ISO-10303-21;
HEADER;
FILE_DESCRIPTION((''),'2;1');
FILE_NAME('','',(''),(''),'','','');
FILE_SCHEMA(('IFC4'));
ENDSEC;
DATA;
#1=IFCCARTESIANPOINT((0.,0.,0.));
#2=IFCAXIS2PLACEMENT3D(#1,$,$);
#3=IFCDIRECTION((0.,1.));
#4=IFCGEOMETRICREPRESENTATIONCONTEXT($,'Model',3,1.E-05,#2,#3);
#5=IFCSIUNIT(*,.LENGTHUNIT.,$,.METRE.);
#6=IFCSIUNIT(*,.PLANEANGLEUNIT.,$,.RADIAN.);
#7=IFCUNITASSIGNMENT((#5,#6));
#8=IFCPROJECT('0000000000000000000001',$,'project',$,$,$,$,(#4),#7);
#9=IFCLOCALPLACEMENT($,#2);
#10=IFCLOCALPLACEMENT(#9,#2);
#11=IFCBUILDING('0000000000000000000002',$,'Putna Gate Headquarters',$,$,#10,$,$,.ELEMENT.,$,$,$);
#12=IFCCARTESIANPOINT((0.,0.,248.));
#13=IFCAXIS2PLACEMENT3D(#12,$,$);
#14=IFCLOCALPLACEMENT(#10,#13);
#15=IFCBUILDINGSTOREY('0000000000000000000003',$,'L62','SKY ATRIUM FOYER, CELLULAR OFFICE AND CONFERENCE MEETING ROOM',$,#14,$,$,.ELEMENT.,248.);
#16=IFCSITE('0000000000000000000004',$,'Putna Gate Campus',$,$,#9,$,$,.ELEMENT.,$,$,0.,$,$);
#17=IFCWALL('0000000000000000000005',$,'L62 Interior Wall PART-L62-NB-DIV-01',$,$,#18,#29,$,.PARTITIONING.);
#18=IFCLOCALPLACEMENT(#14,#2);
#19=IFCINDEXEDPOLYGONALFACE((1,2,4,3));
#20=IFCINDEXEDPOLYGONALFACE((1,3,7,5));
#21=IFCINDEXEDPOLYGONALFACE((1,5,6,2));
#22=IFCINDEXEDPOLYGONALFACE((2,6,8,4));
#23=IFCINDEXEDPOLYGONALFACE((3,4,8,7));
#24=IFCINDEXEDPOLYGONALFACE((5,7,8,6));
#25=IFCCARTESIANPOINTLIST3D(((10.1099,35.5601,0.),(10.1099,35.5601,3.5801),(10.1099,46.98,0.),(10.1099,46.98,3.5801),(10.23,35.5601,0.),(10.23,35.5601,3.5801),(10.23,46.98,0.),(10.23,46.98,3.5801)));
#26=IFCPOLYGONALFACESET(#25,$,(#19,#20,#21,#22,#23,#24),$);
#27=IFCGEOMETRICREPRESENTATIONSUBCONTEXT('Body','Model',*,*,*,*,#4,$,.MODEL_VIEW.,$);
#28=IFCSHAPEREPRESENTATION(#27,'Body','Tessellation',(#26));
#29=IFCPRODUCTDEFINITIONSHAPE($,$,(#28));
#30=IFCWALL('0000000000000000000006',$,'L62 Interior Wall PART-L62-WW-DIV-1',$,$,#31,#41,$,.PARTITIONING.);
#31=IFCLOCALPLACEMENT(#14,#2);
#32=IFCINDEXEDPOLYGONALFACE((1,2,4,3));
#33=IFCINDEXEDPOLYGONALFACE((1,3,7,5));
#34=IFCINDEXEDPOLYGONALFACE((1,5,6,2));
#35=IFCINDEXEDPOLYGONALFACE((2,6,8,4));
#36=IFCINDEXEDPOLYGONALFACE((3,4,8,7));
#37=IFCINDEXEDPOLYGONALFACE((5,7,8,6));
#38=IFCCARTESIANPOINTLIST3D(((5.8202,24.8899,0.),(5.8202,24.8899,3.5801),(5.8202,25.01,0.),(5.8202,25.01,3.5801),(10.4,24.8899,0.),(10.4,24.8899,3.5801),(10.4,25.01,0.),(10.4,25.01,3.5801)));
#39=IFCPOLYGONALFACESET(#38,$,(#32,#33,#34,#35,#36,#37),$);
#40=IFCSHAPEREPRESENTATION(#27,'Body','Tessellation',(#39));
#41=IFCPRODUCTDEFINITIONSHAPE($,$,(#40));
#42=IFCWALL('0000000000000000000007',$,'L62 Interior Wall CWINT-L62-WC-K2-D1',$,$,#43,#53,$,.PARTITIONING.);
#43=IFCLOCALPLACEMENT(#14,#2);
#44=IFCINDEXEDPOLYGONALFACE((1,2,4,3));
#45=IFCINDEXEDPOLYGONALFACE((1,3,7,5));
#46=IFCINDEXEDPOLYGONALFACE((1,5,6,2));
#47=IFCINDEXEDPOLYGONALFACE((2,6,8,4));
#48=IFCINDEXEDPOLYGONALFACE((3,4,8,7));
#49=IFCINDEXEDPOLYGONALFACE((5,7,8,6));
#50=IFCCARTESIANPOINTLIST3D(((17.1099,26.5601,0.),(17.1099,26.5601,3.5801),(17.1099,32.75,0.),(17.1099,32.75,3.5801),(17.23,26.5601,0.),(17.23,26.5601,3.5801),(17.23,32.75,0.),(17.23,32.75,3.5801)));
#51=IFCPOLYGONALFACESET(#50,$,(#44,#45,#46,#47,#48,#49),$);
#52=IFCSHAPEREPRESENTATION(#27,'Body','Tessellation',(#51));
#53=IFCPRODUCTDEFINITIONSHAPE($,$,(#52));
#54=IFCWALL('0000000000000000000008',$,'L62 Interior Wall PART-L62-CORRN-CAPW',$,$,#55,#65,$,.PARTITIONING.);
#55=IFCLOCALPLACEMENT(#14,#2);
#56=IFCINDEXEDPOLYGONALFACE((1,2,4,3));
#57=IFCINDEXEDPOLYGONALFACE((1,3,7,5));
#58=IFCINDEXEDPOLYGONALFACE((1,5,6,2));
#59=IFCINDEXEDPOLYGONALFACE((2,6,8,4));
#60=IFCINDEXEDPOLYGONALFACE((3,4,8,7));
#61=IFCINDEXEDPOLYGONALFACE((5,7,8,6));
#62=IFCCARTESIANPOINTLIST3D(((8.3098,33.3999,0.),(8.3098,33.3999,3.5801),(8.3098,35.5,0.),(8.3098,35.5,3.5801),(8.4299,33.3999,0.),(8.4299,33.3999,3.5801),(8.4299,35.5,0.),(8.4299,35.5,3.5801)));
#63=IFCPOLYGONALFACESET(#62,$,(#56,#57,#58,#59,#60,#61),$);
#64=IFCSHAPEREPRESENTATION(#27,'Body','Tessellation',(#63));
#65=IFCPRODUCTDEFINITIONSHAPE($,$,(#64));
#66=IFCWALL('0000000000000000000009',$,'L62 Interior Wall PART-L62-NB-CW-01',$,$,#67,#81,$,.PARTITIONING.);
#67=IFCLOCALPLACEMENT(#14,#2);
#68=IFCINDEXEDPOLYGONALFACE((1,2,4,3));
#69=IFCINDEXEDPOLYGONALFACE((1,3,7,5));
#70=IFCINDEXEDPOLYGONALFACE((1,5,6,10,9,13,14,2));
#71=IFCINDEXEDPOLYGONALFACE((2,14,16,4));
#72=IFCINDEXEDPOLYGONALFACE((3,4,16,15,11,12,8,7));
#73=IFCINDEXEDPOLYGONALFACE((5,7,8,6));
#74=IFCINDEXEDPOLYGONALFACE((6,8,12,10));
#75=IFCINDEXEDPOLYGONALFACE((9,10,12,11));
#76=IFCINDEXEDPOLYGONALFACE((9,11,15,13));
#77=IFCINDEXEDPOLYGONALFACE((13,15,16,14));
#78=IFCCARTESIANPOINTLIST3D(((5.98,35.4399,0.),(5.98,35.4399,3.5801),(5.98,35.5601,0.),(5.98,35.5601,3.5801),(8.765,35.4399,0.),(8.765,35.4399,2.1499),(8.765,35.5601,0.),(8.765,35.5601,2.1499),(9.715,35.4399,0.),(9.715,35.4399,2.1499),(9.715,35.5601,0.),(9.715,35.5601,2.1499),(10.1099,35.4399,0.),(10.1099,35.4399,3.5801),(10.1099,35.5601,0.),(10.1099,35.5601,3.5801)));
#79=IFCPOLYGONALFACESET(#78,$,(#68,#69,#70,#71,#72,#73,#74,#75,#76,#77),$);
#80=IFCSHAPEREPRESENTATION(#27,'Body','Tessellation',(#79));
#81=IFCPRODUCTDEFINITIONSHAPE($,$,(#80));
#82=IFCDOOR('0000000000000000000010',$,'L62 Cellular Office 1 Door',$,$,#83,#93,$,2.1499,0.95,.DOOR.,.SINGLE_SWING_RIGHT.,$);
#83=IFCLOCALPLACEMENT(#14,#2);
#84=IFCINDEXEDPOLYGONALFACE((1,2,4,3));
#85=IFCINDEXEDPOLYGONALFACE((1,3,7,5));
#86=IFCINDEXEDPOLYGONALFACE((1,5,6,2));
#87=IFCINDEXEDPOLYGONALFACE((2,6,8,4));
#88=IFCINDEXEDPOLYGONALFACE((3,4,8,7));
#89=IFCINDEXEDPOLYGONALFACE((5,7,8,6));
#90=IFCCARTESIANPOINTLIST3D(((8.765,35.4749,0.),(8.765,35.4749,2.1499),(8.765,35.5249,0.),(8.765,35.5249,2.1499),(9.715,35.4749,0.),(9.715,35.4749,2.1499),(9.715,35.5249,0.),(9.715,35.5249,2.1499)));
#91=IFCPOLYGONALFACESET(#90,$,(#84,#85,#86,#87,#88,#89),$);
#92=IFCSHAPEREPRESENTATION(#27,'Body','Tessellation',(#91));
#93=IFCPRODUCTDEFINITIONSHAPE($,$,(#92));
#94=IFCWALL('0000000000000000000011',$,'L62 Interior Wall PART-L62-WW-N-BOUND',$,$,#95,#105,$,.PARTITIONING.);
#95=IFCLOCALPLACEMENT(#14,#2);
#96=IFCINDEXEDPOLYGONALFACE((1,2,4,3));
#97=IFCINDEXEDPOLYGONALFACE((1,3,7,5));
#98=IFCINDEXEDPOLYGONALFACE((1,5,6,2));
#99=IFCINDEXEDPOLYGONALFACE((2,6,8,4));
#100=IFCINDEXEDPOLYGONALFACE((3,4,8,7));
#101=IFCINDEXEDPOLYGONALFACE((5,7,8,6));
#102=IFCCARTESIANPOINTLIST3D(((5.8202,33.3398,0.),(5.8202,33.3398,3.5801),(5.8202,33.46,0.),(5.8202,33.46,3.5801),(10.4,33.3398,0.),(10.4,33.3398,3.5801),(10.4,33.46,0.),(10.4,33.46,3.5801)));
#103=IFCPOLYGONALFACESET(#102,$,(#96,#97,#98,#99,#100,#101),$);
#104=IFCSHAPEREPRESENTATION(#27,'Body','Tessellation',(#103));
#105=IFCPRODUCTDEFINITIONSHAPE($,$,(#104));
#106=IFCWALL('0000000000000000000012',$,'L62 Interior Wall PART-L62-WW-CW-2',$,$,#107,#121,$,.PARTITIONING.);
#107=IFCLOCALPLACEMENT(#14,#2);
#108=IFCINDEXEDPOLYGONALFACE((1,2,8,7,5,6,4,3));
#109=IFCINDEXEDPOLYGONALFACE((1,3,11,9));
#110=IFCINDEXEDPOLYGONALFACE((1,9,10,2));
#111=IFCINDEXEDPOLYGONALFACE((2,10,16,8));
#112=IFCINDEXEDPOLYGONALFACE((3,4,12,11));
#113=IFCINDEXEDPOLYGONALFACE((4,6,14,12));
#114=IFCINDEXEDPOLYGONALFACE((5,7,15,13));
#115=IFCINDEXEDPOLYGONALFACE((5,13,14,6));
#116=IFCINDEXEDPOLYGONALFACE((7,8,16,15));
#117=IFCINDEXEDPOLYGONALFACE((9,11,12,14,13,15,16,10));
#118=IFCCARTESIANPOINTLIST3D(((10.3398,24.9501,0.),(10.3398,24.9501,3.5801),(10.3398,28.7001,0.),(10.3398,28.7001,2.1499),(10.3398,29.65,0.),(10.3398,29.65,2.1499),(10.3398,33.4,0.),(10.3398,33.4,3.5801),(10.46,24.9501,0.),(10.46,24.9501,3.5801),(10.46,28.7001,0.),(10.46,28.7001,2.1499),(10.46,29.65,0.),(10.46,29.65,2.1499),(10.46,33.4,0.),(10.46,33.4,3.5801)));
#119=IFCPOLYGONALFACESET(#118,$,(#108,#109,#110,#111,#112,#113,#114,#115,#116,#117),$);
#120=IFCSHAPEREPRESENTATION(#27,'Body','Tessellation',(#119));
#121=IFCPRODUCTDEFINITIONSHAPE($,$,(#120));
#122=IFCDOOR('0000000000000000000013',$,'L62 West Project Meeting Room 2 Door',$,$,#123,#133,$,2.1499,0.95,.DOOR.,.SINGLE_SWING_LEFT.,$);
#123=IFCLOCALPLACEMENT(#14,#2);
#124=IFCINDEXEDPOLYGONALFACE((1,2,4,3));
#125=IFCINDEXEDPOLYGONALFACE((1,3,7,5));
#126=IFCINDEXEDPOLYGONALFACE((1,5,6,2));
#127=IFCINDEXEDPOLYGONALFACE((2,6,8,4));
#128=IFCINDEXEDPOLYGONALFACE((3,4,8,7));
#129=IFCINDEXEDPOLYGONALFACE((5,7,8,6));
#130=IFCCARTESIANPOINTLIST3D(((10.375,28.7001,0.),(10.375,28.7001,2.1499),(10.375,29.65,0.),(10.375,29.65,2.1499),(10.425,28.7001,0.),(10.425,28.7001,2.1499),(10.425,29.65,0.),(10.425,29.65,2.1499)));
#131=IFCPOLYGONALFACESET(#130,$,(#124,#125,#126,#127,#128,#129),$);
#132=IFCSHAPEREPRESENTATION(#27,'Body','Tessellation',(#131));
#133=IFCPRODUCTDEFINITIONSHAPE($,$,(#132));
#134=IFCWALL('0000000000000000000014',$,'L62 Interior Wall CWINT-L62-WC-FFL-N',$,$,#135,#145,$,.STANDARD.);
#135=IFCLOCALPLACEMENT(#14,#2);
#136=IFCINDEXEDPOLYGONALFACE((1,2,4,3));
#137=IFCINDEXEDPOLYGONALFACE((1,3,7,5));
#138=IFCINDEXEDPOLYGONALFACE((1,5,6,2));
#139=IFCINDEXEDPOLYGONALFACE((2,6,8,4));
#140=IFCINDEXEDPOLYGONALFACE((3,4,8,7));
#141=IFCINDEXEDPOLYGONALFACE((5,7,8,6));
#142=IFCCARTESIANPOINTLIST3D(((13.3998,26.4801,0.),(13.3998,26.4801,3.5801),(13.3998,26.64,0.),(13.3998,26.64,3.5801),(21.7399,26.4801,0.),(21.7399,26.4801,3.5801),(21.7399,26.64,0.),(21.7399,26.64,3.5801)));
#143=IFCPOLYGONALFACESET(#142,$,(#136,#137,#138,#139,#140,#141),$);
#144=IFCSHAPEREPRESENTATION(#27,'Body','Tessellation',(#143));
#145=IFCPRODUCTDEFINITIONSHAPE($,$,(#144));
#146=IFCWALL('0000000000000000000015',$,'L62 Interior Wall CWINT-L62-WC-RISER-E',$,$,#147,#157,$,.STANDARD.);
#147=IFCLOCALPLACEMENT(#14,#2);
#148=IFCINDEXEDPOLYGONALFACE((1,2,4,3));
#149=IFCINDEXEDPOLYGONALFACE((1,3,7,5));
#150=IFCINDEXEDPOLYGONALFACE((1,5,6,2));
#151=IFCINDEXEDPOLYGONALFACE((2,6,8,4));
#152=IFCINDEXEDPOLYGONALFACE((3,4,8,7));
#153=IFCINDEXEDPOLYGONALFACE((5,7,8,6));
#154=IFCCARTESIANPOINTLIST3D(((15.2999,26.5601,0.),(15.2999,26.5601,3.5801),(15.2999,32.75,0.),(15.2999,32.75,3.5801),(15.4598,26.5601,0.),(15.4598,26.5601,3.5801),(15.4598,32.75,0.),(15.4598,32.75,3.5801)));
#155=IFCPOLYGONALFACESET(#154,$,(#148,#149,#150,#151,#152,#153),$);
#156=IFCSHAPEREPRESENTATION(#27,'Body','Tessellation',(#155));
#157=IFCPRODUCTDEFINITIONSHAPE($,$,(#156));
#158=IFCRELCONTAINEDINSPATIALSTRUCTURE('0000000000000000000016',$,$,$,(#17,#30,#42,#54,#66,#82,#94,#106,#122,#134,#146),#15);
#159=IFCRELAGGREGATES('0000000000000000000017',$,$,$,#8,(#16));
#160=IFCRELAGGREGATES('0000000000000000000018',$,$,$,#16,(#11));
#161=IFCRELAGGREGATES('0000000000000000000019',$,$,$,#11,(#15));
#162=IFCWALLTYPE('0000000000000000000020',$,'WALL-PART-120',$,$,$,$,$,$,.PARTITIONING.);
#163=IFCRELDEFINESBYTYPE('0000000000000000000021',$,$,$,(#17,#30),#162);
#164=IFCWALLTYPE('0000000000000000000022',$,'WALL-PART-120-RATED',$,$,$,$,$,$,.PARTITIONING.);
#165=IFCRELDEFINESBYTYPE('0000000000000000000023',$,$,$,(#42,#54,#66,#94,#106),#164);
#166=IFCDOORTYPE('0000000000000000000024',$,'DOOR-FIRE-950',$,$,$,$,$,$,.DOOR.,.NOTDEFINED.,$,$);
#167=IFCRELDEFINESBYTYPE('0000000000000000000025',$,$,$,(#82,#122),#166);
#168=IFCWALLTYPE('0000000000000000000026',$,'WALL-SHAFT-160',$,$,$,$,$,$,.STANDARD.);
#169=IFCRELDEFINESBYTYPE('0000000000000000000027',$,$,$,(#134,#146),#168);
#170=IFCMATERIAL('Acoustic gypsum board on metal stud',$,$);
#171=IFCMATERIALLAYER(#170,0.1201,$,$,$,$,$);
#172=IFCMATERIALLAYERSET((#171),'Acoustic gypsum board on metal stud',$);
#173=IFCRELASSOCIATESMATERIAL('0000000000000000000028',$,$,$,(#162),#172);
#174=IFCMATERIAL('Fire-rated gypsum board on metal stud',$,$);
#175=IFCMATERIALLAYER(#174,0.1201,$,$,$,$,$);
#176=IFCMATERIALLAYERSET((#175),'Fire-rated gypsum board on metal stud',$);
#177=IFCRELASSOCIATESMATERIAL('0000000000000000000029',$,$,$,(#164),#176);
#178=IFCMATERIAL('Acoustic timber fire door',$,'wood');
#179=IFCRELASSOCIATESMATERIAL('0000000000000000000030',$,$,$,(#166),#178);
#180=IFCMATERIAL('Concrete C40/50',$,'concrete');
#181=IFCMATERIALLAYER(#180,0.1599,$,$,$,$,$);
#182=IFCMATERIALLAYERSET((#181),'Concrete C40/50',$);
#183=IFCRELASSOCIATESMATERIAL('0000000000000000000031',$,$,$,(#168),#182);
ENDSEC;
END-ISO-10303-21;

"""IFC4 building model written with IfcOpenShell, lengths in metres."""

from ifc_helpers import new_model, si_unit, direction, frame, frame_2d, origin, place, context, subcontext, project, spatial, rectangle, extrude, material, layer, layer_set, type_object, element, fill, save


model = new_model("IFC4")

# Units and contexts
model_context = context("Model", 3, precision=1e-05, world=origin(), true_north=direction((0.0, 1.0)))
body_context = subcontext(model_context, "Body", "Model", "MODEL_VIEW")
ifc_project = project(units=[si_unit("LENGTHUNIT", "METRE"), si_unit("PLANEANGLEUNIT", "RADIAN")], contexts=[model_context])

# Site, building, storey
site_placement = place(None, origin())
site = spatial("IfcSite", under=ifc_project, at=site_placement, Name="Putna Gate Campus", CompositionType="ELEMENT", RefElevation=0.0)
building_placement = place(site_placement, origin())
building = spatial("IfcBuilding", under=site, at=building_placement, Name="Putna Gate Headquarters", CompositionType="ELEMENT")
storey_placement = place(building_placement, frame((0.0, 0.0, 248.0)))
storey = spatial("IfcBuildingStorey", under=building, at=storey_placement, Name="L62", Description="SKY ATRIUM FOYER, CELLULAR OFFICE AND CONFERENCE MEETING ROOM", CompositionType="ELEMENT", Elevation=248.0)

# Walls
ifc_material_1 = material(Name="Acoustic gypsum board on metal stud")
ifc_layer_1 = layer(ifc_material_1, 0.1201)
ifc_layer_set_1 = layer_set([ifc_layer_1], Name="Acoustic gypsum board on metal stud")
wall_type_1 = type_object("IfcWallType", Name="WALL-PART-120", PredefinedType="PARTITIONING", material=ifc_layer_set_1)
wall_1_placement = place(storey_placement, frame((10.1699, 35.5601, 0.0), z_axis=(0.0, 0.0, 1.0), x_axis=(0.0, 1.0, 0.0)))
element("IfcWall", 1, at=wall_1_placement, inside=storey, type_object=wall_type_1, Name="L62 Interior Wall PART-L62-NB-DIV-01", PredefinedType="PARTITIONING", context=body_context, shape_type="SweptSolid", body=[
    extrude(rectangle(XDim=11.4199, YDim=0.1201, at=frame_2d((5.71, 0.0))), origin(), (0.0, 0.0, 1.0), 3.5801),
])
wall_2_placement = place(storey_placement, frame((5.8201, 24.95, 0.0), z_axis=(0.0, 0.0, 1.0), x_axis=(1.0, 0.0, 0.0)))
element("IfcWall", 2, at=wall_2_placement, inside=storey, type_object=wall_type_1, Name="L62 Interior Wall PART-L62-WW-DIV-1", PredefinedType="PARTITIONING", context=body_context, shape_type="SweptSolid", body=[
    extrude(rectangle(XDim=4.5798, YDim=0.1201, at=frame_2d((2.29, 0.0))), origin(), (0.0, 0.0, 1.0), 3.5801),
])
ifc_material_2 = material(Name="Fire-rated gypsum board on metal stud")
ifc_layer_2 = layer(ifc_material_2, 0.1201)
ifc_layer_set_2 = layer_set([ifc_layer_2], Name="Fire-rated gypsum board on metal stud")
wall_type_2 = type_object("IfcWallType", Name="WALL-PART-120-RATED", PredefinedType="PARTITIONING", material=ifc_layer_set_2)
wall_3_placement = place(storey_placement, frame((17.1699, 26.5601, 0.0), z_axis=(0.0, 0.0, 1.0), x_axis=(0.0, 1.0, 0.0)))
element("IfcWall", 3, at=wall_3_placement, inside=storey, type_object=wall_type_2, Name="L62 Interior Wall CWINT-L62-WC-K2-D1", PredefinedType="PARTITIONING", context=body_context, shape_type="SweptSolid", body=[
    extrude(rectangle(XDim=6.1899, YDim=0.1201, at=frame_2d((3.095, 0.0))), origin(), (0.0, 0.0, 1.0), 3.5801),
])
wall_4_placement = place(storey_placement, frame((8.3699, 33.3999, 0.0), z_axis=(0.0, 0.0, 1.0), x_axis=(0.0, 1.0, 0.0)))
element("IfcWall", 4, at=wall_4_placement, inside=storey, type_object=wall_type_2, Name="L62 Interior Wall PART-L62-CORRN-CAPW", PredefinedType="PARTITIONING", context=body_context, shape_type="SweptSolid", body=[
    extrude(rectangle(XDim=2.1001, YDim=0.1201, at=frame_2d((1.05, 0.0))), origin(), (0.0, 0.0, 1.0), 3.5801),
])

# Wall, opening, door
wall_5_placement = place(storey_placement, frame((5.98, 35.5, 0.0), z_axis=(0.0, 0.0, 1.0), x_axis=(1.0, 0.0, 0.0)))
wall_5 = element("IfcWall", 5, at=wall_5_placement, inside=storey, type_object=wall_type_2, Name="L62 Interior Wall PART-L62-NB-CW-01", PredefinedType="PARTITIONING", context=body_context, shape_type="SweptSolid", body=[
    extrude(rectangle(XDim=4.1299, YDim=0.1201, at=frame_2d((2.0649, 0.0))), origin(), (0.0, 0.0, 1.0), 3.5801),
])
opening_1_placement = place(wall_5_placement, frame((2.7849, 0.0, 0.0)))
opening_1 = element("IfcOpeningElement", 6, at=opening_1_placement, cuts=wall_5, PredefinedType="OPENING", context=body_context, shape_type="SweptSolid", body=[
    extrude(rectangle(XDim=0.95, YDim=2.1499, at=frame_2d((0.4751, 1.075))), frame((0.0, 0.0701, 0.0), z_axis=(0.0, -1.0, 0.0), x_axis=(1.0, 0.0, 0.0)), (0.0, 0.0, 1.0), 0.1401),
])
ifc_material_3 = material(Name="Acoustic timber fire door", Category="wood")
door_type_1 = type_object("IfcDoorType", Name="DOOR-FIRE-950", OperationType="NOTDEFINED", PredefinedType="DOOR", material=ifc_material_3)
door_1_placement = place(opening_1_placement, origin())
door_1 = element("IfcDoor", 7, at=door_1_placement, inside=storey, type_object=door_type_1, Name="L62 Cellular Office 1 Door", OperationType="SINGLE_SWING_RIGHT", OverallHeight=2.1499, OverallWidth=0.95, PredefinedType="DOOR", context=body_context, shape_type="SweptSolid", body=[
    extrude(rectangle(XDim=0.95, YDim=2.1499, at=frame_2d((0.4751, 1.075))), frame((0.0, 0.0249, 0.0), z_axis=(0.0, -1.0, 0.0), x_axis=(1.0, 0.0, 0.0)), (0.0, 0.0, 1.0), 0.05),
])
fill(opening_1, door_1)

# Wall
wall_6_placement = place(storey_placement, frame((5.8201, 33.3999, 0.0), z_axis=(0.0, 0.0, 1.0), x_axis=(1.0, 0.0, 0.0)))
element("IfcWall", 8, at=wall_6_placement, inside=storey, type_object=wall_type_2, Name="L62 Interior Wall PART-L62-WW-N-BOUND", PredefinedType="PARTITIONING", context=body_context, shape_type="SweptSolid", body=[
    extrude(rectangle(XDim=4.5798, YDim=0.1201, at=frame_2d((2.29, 0.0))), origin(), (0.0, 0.0, 1.0), 3.5801),
])

# Wall, opening, door
wall_7_placement = place(storey_placement, frame((10.3999, 24.95, 0.0), z_axis=(0.0, 0.0, 1.0), x_axis=(0.0, 1.0, 0.0)))
wall_7 = element("IfcWall", 9, at=wall_7_placement, inside=storey, type_object=wall_type_2, Name="L62 Interior Wall PART-L62-WW-CW-2", PredefinedType="PARTITIONING", context=body_context, shape_type="SweptSolid", body=[
    extrude(rectangle(XDim=8.45, YDim=0.1201, at=frame_2d((4.2251, 0.0))), origin(), (0.0, 0.0, 1.0), 3.5801),
])
opening_2_placement = place(wall_7_placement, frame((3.75, 0.0, 0.0)))
opening_2 = element("IfcOpeningElement", 10, at=opening_2_placement, cuts=wall_7, PredefinedType="OPENING", context=body_context, shape_type="SweptSolid", body=[
    extrude(rectangle(XDim=0.95, YDim=2.1499, at=frame_2d((0.4751, 1.075))), frame((0.0, 0.0701, 0.0), z_axis=(0.0, -1.0, 0.0), x_axis=(1.0, 0.0, 0.0)), (0.0, 0.0, 1.0), 0.1401),
])
door_2_placement = place(opening_2_placement, origin())
door_2 = element("IfcDoor", 11, at=door_2_placement, inside=storey, type_object=door_type_1, Name="L62 West Project Meeting Room 2 Door", OperationType="SINGLE_SWING_LEFT", OverallHeight=2.1499, OverallWidth=0.95, PredefinedType="DOOR", context=body_context, shape_type="SweptSolid", body=[
    extrude(rectangle(XDim=0.95, YDim=2.1499, at=frame_2d((0.4751, 1.075))), frame((0.0, 0.0249, 0.0), z_axis=(0.0, -1.0, 0.0), x_axis=(1.0, 0.0, 0.0)), (0.0, 0.0, 1.0), 0.05),
])
fill(opening_2, door_2)

# Walls
ifc_material_4 = material(Name="Concrete C40/50", Category="concrete")
ifc_layer_3 = layer(ifc_material_4, 0.1599)
ifc_layer_set_3 = layer_set([ifc_layer_3], Name="Concrete C40/50")
wall_type_3 = type_object("IfcWallType", Name="WALL-SHAFT-160", PredefinedType="STANDARD", material=ifc_layer_set_3)
wall_8_placement = place(storey_placement, frame((13.3999, 26.5601, 0.0), z_axis=(0.0, 0.0, 1.0), x_axis=(1.0, 0.0, 0.0)))
element("IfcWall", 12, at=wall_8_placement, inside=storey, type_object=wall_type_3, Name="L62 Interior Wall CWINT-L62-WC-FFL-N", PredefinedType="STANDARD", context=body_context, shape_type="SweptSolid", body=[
    extrude(rectangle(XDim=8.3401, YDim=0.1599, at=frame_2d((4.1699, 0.0))), origin(), (0.0, 0.0, 1.0), 3.5801),
])
wall_9_placement = place(storey_placement, frame((15.3799, 26.5601, 0.0), z_axis=(0.0, 0.0, 1.0), x_axis=(0.0, 1.0, 0.0)))
element("IfcWall", 13, at=wall_9_placement, inside=storey, type_object=wall_type_3, Name="L62 Interior Wall CWINT-L62-WC-RISER-E", PredefinedType="STANDARD", context=body_context, shape_type="SweptSolid", body=[
    extrude(rectangle(XDim=6.1899, YDim=0.1599, at=frame_2d((3.095, 0.0))), origin(), (0.0, 0.0, 1.0), 3.5801),
])

save(model, "model.ifc")
